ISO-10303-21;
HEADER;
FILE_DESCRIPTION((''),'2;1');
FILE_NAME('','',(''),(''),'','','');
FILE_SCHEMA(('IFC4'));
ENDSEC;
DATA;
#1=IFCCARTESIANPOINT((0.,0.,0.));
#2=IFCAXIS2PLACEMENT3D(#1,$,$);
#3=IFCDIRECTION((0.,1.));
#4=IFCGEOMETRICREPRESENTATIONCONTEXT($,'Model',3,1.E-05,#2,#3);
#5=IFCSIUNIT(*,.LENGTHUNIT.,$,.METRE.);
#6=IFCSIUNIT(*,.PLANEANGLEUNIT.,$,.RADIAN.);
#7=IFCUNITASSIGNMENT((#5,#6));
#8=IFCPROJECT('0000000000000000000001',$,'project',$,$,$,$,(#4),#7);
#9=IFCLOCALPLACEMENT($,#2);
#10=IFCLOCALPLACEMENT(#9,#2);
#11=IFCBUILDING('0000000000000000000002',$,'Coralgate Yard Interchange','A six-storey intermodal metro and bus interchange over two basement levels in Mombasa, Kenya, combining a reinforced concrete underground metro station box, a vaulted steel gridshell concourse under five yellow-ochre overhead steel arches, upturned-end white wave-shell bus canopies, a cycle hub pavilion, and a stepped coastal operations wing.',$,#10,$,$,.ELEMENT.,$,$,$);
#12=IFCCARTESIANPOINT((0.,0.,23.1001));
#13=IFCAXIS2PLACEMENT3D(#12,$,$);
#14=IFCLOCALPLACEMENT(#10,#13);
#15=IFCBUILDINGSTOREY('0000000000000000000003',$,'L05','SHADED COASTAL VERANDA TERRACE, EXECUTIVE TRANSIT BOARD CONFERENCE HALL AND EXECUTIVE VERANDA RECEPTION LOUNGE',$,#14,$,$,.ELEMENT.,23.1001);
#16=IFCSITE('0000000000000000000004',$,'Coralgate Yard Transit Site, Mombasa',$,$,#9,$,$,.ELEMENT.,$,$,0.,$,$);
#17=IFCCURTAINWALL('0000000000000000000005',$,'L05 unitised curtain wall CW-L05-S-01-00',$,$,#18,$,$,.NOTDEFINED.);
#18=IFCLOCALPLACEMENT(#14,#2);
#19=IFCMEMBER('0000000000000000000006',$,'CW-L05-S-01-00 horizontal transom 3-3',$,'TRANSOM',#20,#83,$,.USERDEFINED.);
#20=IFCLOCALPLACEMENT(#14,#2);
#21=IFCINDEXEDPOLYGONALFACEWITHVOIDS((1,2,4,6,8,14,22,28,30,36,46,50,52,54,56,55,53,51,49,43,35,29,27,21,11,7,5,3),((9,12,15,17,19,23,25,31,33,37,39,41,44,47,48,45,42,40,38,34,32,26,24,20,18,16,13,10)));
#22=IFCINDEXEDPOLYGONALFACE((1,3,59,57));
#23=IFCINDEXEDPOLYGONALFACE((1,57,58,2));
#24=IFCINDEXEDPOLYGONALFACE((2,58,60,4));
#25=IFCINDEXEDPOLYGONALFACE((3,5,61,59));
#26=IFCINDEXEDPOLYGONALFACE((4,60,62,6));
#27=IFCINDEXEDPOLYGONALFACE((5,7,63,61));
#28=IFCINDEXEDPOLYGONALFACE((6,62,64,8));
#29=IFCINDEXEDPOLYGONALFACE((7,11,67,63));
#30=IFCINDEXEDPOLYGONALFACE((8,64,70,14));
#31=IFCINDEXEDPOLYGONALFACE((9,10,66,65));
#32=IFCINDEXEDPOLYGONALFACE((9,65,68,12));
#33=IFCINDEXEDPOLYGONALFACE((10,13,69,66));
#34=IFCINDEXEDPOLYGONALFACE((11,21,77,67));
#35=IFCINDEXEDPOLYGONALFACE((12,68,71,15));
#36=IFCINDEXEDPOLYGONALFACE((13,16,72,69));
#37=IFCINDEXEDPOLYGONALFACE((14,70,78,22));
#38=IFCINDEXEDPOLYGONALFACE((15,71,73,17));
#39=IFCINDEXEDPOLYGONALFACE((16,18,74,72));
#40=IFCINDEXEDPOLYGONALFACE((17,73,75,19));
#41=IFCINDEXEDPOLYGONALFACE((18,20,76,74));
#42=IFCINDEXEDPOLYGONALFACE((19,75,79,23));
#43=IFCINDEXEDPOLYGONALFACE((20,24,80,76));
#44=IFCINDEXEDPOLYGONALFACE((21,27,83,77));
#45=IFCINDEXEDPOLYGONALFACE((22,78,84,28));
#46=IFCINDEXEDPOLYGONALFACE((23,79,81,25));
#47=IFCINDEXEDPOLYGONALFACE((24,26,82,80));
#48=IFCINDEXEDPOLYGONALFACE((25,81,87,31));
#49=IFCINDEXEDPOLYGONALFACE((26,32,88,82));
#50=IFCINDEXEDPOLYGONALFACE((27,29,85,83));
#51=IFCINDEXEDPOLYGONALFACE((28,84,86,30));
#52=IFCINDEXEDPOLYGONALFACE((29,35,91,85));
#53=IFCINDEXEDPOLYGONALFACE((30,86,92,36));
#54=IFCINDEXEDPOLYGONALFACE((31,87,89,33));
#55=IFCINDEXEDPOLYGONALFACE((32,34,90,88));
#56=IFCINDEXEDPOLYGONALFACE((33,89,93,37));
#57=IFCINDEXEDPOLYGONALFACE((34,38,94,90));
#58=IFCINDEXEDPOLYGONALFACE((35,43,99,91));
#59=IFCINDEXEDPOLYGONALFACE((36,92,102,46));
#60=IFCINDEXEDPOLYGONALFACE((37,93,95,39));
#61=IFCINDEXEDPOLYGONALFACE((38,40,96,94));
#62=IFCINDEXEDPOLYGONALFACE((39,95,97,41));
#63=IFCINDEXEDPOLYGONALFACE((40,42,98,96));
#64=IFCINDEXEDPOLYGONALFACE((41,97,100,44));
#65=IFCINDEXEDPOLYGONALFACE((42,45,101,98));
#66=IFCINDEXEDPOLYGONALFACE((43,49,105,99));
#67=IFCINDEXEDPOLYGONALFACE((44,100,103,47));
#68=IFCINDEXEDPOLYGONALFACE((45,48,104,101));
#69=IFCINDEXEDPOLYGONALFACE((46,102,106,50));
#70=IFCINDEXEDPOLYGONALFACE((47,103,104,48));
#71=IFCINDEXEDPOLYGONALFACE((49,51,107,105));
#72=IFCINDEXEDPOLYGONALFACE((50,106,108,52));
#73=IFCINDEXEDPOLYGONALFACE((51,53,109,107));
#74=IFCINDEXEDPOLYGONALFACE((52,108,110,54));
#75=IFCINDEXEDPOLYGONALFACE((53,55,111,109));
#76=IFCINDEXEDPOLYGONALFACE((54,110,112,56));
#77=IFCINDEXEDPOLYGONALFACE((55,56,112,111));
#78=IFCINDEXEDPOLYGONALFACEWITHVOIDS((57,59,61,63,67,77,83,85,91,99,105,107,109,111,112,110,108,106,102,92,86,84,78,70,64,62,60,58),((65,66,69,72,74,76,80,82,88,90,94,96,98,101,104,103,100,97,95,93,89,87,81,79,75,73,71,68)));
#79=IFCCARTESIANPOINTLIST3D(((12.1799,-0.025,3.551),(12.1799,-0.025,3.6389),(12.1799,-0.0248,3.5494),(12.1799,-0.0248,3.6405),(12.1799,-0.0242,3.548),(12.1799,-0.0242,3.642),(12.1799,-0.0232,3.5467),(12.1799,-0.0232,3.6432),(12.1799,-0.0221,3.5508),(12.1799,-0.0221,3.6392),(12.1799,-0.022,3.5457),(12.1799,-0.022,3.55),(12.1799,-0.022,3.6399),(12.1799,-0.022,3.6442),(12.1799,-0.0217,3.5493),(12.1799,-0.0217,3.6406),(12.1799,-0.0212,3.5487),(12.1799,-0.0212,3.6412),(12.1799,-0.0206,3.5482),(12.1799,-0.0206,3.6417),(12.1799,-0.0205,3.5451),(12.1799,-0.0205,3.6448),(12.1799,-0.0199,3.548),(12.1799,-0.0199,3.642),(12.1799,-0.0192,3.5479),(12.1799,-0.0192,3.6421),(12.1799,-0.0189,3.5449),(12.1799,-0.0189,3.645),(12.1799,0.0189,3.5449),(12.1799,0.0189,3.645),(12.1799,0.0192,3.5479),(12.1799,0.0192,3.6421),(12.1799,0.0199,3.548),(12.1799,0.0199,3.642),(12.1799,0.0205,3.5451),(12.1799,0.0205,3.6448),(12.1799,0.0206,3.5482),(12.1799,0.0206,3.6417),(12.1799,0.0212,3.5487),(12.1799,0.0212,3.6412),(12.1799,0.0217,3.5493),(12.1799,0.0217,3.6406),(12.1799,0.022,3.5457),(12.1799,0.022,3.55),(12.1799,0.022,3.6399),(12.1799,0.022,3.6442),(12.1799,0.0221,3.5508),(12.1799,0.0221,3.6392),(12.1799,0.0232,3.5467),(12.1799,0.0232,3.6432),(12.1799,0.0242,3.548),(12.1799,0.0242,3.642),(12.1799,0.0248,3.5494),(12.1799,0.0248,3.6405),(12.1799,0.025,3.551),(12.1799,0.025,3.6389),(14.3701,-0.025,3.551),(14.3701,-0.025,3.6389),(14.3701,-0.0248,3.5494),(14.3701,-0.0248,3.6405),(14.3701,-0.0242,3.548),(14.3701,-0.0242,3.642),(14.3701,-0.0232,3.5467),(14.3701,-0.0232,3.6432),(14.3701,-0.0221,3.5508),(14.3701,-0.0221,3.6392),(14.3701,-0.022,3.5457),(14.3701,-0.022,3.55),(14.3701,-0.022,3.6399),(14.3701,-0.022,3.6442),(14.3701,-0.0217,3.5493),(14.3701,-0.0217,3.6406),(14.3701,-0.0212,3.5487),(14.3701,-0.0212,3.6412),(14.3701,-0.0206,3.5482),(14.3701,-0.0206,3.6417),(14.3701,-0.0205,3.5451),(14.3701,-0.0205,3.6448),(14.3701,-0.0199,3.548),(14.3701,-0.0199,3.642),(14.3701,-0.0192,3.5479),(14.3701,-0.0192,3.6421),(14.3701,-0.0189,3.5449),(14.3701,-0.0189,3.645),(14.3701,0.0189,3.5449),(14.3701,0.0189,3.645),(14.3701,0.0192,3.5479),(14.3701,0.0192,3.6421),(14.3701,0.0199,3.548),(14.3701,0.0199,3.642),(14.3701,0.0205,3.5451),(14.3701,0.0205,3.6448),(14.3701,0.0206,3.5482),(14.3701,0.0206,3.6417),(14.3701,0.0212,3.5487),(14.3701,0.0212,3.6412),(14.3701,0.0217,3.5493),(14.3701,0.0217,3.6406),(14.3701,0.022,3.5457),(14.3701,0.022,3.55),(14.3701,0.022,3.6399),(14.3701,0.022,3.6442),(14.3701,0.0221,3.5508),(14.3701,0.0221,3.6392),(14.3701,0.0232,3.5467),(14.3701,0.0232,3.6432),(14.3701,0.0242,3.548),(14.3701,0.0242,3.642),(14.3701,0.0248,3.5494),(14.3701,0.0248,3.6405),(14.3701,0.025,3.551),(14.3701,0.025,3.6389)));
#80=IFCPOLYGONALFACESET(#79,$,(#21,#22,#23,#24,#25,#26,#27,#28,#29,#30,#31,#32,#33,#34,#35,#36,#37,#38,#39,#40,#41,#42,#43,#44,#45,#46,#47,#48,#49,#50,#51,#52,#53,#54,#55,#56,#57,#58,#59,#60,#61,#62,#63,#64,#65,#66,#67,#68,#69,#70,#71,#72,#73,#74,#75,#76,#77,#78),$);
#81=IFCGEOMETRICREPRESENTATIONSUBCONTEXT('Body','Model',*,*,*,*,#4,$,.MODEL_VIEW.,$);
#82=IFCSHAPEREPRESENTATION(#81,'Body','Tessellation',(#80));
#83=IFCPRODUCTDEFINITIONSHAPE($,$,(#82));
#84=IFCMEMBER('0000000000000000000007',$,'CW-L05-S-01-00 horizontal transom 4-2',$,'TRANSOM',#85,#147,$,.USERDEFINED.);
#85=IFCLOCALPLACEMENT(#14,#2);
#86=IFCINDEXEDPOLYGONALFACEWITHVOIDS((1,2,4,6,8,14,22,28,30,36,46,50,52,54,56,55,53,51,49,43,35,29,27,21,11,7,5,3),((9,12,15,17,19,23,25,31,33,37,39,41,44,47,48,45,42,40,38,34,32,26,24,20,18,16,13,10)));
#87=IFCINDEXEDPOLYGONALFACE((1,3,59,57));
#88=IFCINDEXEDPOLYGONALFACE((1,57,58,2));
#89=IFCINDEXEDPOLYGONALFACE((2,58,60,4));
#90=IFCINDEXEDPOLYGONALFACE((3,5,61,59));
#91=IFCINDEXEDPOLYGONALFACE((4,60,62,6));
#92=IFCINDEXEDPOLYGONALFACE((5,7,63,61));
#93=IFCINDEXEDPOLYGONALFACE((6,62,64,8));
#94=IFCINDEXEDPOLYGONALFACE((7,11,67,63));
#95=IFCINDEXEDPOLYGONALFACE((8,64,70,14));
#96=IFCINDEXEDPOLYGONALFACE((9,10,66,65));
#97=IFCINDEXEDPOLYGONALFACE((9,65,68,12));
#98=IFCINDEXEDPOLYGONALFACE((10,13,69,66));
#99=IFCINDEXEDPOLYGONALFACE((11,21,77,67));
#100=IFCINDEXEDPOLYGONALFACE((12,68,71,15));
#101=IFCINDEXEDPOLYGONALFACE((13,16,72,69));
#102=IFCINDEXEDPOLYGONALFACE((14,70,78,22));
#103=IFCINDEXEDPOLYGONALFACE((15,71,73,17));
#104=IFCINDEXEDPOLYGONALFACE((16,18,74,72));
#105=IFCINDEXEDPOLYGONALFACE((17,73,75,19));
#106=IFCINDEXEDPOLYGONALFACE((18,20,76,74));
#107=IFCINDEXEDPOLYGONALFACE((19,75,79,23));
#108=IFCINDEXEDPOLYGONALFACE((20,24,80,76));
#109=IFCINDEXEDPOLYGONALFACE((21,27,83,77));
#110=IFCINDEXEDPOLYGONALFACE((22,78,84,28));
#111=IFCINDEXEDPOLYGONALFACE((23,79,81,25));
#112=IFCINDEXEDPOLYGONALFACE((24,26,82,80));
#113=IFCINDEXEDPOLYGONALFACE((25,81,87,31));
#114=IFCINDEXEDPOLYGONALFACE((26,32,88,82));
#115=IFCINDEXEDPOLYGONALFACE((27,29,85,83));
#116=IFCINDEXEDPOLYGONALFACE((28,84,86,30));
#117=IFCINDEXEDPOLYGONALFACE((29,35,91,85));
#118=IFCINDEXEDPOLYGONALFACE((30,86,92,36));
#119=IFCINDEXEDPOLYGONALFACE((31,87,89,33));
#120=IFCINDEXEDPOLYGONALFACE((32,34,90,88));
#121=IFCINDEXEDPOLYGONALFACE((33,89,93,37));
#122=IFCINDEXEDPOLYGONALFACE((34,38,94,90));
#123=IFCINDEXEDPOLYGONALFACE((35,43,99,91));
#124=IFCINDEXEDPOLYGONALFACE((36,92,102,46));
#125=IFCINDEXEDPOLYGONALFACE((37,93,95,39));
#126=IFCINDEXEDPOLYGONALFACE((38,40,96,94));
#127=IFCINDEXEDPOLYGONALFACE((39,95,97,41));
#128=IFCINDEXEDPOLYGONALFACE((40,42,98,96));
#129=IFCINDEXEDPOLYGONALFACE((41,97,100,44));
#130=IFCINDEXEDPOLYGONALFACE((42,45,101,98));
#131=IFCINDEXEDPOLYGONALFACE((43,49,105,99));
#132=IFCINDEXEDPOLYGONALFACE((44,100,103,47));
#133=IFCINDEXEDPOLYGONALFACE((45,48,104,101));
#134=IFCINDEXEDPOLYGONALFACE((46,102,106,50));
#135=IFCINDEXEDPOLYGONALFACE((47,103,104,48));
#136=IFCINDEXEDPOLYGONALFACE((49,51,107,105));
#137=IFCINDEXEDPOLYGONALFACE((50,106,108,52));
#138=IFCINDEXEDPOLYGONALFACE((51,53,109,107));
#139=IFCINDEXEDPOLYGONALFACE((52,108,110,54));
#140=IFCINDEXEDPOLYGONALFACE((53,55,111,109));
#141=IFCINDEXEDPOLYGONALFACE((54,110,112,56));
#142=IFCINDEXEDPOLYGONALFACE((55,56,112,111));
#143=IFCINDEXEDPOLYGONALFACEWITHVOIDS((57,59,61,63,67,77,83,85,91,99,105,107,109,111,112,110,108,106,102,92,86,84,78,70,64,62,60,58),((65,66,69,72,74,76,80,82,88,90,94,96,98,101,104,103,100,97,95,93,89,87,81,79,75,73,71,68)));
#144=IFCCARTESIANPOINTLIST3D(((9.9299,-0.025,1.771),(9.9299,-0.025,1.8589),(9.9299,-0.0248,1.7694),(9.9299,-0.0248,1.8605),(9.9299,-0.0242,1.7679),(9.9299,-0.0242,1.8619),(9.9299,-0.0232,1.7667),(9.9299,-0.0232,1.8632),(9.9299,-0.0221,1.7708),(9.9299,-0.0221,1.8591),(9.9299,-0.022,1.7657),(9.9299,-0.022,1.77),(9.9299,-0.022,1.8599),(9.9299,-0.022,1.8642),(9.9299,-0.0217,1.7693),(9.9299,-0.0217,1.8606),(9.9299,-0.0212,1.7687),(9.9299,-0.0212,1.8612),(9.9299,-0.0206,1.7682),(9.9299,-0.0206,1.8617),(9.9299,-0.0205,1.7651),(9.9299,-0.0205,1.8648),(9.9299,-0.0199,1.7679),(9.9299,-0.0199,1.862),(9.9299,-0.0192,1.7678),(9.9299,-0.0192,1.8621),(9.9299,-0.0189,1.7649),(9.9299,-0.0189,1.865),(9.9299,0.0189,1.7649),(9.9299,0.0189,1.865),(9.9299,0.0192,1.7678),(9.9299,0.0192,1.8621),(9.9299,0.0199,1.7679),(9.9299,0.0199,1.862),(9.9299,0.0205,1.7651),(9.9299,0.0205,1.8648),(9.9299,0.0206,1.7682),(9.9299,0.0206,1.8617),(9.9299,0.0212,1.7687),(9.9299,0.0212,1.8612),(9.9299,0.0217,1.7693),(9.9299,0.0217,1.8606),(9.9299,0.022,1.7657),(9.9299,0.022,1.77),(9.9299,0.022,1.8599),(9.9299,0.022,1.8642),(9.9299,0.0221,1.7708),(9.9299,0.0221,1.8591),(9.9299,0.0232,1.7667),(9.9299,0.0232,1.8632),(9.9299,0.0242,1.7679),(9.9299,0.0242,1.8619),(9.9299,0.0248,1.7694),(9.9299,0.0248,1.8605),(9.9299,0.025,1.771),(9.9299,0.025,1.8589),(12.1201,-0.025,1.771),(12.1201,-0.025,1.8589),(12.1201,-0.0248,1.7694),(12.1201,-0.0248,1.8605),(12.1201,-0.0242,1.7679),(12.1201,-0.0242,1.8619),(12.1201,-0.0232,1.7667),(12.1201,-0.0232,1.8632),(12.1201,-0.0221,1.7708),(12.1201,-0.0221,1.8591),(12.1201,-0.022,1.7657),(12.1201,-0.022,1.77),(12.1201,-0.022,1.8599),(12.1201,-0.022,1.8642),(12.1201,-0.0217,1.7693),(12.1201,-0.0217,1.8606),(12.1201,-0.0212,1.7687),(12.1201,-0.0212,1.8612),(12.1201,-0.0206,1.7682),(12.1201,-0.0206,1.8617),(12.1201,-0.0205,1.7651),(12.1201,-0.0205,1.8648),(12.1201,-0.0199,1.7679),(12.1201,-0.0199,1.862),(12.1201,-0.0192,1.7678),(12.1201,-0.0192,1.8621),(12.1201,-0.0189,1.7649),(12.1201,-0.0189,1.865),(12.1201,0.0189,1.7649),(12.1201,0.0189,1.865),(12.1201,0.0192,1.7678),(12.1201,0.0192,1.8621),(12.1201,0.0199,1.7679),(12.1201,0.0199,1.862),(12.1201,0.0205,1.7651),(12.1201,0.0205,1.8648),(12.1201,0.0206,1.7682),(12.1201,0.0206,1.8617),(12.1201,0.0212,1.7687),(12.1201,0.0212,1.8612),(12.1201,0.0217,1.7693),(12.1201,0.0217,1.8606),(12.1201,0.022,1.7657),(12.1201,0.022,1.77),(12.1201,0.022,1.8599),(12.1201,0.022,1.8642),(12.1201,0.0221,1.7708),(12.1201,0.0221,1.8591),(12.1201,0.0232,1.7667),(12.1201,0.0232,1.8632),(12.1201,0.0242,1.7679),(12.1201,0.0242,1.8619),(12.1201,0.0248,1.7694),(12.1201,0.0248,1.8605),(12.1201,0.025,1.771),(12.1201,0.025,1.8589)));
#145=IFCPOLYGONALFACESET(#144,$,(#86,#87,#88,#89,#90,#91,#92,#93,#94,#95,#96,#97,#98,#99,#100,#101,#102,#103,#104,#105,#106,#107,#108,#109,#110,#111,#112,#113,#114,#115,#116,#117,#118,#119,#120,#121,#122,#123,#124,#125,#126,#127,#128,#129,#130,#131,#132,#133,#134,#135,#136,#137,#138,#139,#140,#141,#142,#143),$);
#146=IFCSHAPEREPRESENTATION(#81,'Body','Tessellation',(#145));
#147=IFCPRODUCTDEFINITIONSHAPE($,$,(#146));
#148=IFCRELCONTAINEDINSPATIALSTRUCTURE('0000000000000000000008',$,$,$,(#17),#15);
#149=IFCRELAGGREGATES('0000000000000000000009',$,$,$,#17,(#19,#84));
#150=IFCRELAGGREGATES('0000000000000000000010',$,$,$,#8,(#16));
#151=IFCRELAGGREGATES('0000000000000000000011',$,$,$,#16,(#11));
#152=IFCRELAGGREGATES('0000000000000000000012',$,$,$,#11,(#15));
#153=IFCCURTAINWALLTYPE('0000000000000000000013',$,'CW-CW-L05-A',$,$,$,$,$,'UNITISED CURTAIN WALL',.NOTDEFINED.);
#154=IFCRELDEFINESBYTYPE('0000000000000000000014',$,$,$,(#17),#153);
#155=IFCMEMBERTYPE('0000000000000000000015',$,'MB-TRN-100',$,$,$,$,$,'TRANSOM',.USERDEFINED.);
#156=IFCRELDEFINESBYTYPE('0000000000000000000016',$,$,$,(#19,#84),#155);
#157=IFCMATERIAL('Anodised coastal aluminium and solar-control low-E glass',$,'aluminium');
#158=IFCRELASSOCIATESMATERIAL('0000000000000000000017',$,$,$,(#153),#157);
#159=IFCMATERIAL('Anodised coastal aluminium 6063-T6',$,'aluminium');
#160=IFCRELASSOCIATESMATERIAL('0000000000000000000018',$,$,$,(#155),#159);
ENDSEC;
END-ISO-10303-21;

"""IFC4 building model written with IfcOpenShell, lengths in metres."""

from ifc_helpers import new_model, si_unit, direction, frame, origin, origin_2d, place, context, subcontext, project, spatial, hollow_rectangle, extrude, material, material_profile, profile_set, type_object, element, aggregate, save


model = new_model("IFC4")

# Units and contexts
model_context = context("Model", 3, precision=1e-05, world=origin(), true_north=direction((0.0, 1.0)))
body_context = subcontext(model_context, "Body", "Model", "MODEL_VIEW")
ifc_project = project(units=[si_unit("LENGTHUNIT", "METRE"), si_unit("PLANEANGLEUNIT", "RADIAN")], contexts=[model_context])

# Site, building, storey
site_placement = place(None, origin())
site = spatial("IfcSite", under=ifc_project, at=site_placement, Name="Coralgate Yard Transit Site, Mombasa", CompositionType="ELEMENT", RefElevation=0.0)
building_placement = place(site_placement, origin())
building = spatial("IfcBuilding", under=site, at=building_placement, Name="Coralgate Yard Interchange", Description="A six-storey intermodal metro and bus interchange over two basement levels in Mombasa, Kenya, combining a reinforced concrete underground metro station box, a vaulted steel gridshell concourse under five yellow-ochre overhead steel arches, upturned-end white wave-shell bus canopies, a cycle hub pavilion, and a stepped coastal operations wing.", CompositionType="ELEMENT")
storey_placement = place(building_placement, frame((0.0, 0.0, 23.1001)))
storey = spatial("IfcBuildingStorey", under=building, at=storey_placement, Name="L05", Description="SHADED COASTAL VERANDA TERRACE, EXECUTIVE TRANSIT BOARD CONFERENCE HALL AND EXECUTIVE VERANDA RECEPTION LOUNGE", CompositionType="ELEMENT", Elevation=23.1001)

# Curtain wall, members
ifc_material_1 = material(Name="Anodised coastal aluminium and solar-control low-E glass", Category="aluminium")
curtain_wall_type = type_object("IfcCurtainWallType", Name="CW-CW-L05-A", ElementType="UNITISED CURTAIN WALL", PredefinedType="NOTDEFINED", material=ifc_material_1)
curtain_wall_placement = place(storey_placement, origin())
curtain_wall = element("IfcCurtainWall", 1, at=curtain_wall_placement, inside=storey, type_object=curtain_wall_type, Name="L05 unitised curtain wall CW-L05-S-01-00", PredefinedType="NOTDEFINED")
ifc_material_2 = material(Name="Anodised coastal aluminium 6063-T6", Category="aluminium")
ifc_material_profile_1 = material_profile(ifc_material_2, hollow_rectangle(XDim=0.05, YDim=0.1001, WallThickness=0.0029, InnerFilletRadius=0.0029, OuterFilletRadius=0.0061, at=origin_2d()), Name="ALU 50x100x3")
ifc_profile_set_1 = profile_set([ifc_material_profile_1], Name="Anodised coastal aluminium 6063-T6")
member_type_1 = type_object("IfcMemberType", Name="MB-TRN-100", ElementType="TRANSOM", PredefinedType="USERDEFINED", material=ifc_profile_set_1)
member_1_placement = place(storey_placement, frame((14.3701, 0.0, 3.595), z_axis=(-1.0, 0.0, 0.0), x_axis=(0.0, -1.0, 0.0)))
member_1 = element("IfcMember", 2, at=member_1_placement, type_object=member_type_1, Name="CW-L05-S-01-00 horizontal transom 3-3", ObjectType="TRANSOM", PredefinedType="USERDEFINED", context=body_context, shape_type="SweptSolid", body=[
    extrude(hollow_rectangle(XDim=0.05, YDim=0.1001, WallThickness=0.0029, InnerFilletRadius=0.0029, OuterFilletRadius=0.0061, at=origin_2d()), origin(), (0.0, 0.0, 1.0), 2.1902),
])
member_2_placement = place(storey_placement, frame((12.1201, 0.0, 1.8149), z_axis=(-1.0, 0.0, 0.0), x_axis=(0.0, -1.0, 0.0)))
member_2 = element("IfcMember", 3, at=member_2_placement, type_object=member_type_1, Name="CW-L05-S-01-00 horizontal transom 4-2", ObjectType="TRANSOM", PredefinedType="USERDEFINED", context=body_context, shape_type="SweptSolid", body=[
    extrude(hollow_rectangle(XDim=0.05, YDim=0.1001, WallThickness=0.0029, InnerFilletRadius=0.0029, OuterFilletRadius=0.0061, at=origin_2d()), origin(), (0.0, 0.0, 1.0), 2.1902),
])
aggregate(curtain_wall, [member_1, member_2])

save(model, "model.ifc")
